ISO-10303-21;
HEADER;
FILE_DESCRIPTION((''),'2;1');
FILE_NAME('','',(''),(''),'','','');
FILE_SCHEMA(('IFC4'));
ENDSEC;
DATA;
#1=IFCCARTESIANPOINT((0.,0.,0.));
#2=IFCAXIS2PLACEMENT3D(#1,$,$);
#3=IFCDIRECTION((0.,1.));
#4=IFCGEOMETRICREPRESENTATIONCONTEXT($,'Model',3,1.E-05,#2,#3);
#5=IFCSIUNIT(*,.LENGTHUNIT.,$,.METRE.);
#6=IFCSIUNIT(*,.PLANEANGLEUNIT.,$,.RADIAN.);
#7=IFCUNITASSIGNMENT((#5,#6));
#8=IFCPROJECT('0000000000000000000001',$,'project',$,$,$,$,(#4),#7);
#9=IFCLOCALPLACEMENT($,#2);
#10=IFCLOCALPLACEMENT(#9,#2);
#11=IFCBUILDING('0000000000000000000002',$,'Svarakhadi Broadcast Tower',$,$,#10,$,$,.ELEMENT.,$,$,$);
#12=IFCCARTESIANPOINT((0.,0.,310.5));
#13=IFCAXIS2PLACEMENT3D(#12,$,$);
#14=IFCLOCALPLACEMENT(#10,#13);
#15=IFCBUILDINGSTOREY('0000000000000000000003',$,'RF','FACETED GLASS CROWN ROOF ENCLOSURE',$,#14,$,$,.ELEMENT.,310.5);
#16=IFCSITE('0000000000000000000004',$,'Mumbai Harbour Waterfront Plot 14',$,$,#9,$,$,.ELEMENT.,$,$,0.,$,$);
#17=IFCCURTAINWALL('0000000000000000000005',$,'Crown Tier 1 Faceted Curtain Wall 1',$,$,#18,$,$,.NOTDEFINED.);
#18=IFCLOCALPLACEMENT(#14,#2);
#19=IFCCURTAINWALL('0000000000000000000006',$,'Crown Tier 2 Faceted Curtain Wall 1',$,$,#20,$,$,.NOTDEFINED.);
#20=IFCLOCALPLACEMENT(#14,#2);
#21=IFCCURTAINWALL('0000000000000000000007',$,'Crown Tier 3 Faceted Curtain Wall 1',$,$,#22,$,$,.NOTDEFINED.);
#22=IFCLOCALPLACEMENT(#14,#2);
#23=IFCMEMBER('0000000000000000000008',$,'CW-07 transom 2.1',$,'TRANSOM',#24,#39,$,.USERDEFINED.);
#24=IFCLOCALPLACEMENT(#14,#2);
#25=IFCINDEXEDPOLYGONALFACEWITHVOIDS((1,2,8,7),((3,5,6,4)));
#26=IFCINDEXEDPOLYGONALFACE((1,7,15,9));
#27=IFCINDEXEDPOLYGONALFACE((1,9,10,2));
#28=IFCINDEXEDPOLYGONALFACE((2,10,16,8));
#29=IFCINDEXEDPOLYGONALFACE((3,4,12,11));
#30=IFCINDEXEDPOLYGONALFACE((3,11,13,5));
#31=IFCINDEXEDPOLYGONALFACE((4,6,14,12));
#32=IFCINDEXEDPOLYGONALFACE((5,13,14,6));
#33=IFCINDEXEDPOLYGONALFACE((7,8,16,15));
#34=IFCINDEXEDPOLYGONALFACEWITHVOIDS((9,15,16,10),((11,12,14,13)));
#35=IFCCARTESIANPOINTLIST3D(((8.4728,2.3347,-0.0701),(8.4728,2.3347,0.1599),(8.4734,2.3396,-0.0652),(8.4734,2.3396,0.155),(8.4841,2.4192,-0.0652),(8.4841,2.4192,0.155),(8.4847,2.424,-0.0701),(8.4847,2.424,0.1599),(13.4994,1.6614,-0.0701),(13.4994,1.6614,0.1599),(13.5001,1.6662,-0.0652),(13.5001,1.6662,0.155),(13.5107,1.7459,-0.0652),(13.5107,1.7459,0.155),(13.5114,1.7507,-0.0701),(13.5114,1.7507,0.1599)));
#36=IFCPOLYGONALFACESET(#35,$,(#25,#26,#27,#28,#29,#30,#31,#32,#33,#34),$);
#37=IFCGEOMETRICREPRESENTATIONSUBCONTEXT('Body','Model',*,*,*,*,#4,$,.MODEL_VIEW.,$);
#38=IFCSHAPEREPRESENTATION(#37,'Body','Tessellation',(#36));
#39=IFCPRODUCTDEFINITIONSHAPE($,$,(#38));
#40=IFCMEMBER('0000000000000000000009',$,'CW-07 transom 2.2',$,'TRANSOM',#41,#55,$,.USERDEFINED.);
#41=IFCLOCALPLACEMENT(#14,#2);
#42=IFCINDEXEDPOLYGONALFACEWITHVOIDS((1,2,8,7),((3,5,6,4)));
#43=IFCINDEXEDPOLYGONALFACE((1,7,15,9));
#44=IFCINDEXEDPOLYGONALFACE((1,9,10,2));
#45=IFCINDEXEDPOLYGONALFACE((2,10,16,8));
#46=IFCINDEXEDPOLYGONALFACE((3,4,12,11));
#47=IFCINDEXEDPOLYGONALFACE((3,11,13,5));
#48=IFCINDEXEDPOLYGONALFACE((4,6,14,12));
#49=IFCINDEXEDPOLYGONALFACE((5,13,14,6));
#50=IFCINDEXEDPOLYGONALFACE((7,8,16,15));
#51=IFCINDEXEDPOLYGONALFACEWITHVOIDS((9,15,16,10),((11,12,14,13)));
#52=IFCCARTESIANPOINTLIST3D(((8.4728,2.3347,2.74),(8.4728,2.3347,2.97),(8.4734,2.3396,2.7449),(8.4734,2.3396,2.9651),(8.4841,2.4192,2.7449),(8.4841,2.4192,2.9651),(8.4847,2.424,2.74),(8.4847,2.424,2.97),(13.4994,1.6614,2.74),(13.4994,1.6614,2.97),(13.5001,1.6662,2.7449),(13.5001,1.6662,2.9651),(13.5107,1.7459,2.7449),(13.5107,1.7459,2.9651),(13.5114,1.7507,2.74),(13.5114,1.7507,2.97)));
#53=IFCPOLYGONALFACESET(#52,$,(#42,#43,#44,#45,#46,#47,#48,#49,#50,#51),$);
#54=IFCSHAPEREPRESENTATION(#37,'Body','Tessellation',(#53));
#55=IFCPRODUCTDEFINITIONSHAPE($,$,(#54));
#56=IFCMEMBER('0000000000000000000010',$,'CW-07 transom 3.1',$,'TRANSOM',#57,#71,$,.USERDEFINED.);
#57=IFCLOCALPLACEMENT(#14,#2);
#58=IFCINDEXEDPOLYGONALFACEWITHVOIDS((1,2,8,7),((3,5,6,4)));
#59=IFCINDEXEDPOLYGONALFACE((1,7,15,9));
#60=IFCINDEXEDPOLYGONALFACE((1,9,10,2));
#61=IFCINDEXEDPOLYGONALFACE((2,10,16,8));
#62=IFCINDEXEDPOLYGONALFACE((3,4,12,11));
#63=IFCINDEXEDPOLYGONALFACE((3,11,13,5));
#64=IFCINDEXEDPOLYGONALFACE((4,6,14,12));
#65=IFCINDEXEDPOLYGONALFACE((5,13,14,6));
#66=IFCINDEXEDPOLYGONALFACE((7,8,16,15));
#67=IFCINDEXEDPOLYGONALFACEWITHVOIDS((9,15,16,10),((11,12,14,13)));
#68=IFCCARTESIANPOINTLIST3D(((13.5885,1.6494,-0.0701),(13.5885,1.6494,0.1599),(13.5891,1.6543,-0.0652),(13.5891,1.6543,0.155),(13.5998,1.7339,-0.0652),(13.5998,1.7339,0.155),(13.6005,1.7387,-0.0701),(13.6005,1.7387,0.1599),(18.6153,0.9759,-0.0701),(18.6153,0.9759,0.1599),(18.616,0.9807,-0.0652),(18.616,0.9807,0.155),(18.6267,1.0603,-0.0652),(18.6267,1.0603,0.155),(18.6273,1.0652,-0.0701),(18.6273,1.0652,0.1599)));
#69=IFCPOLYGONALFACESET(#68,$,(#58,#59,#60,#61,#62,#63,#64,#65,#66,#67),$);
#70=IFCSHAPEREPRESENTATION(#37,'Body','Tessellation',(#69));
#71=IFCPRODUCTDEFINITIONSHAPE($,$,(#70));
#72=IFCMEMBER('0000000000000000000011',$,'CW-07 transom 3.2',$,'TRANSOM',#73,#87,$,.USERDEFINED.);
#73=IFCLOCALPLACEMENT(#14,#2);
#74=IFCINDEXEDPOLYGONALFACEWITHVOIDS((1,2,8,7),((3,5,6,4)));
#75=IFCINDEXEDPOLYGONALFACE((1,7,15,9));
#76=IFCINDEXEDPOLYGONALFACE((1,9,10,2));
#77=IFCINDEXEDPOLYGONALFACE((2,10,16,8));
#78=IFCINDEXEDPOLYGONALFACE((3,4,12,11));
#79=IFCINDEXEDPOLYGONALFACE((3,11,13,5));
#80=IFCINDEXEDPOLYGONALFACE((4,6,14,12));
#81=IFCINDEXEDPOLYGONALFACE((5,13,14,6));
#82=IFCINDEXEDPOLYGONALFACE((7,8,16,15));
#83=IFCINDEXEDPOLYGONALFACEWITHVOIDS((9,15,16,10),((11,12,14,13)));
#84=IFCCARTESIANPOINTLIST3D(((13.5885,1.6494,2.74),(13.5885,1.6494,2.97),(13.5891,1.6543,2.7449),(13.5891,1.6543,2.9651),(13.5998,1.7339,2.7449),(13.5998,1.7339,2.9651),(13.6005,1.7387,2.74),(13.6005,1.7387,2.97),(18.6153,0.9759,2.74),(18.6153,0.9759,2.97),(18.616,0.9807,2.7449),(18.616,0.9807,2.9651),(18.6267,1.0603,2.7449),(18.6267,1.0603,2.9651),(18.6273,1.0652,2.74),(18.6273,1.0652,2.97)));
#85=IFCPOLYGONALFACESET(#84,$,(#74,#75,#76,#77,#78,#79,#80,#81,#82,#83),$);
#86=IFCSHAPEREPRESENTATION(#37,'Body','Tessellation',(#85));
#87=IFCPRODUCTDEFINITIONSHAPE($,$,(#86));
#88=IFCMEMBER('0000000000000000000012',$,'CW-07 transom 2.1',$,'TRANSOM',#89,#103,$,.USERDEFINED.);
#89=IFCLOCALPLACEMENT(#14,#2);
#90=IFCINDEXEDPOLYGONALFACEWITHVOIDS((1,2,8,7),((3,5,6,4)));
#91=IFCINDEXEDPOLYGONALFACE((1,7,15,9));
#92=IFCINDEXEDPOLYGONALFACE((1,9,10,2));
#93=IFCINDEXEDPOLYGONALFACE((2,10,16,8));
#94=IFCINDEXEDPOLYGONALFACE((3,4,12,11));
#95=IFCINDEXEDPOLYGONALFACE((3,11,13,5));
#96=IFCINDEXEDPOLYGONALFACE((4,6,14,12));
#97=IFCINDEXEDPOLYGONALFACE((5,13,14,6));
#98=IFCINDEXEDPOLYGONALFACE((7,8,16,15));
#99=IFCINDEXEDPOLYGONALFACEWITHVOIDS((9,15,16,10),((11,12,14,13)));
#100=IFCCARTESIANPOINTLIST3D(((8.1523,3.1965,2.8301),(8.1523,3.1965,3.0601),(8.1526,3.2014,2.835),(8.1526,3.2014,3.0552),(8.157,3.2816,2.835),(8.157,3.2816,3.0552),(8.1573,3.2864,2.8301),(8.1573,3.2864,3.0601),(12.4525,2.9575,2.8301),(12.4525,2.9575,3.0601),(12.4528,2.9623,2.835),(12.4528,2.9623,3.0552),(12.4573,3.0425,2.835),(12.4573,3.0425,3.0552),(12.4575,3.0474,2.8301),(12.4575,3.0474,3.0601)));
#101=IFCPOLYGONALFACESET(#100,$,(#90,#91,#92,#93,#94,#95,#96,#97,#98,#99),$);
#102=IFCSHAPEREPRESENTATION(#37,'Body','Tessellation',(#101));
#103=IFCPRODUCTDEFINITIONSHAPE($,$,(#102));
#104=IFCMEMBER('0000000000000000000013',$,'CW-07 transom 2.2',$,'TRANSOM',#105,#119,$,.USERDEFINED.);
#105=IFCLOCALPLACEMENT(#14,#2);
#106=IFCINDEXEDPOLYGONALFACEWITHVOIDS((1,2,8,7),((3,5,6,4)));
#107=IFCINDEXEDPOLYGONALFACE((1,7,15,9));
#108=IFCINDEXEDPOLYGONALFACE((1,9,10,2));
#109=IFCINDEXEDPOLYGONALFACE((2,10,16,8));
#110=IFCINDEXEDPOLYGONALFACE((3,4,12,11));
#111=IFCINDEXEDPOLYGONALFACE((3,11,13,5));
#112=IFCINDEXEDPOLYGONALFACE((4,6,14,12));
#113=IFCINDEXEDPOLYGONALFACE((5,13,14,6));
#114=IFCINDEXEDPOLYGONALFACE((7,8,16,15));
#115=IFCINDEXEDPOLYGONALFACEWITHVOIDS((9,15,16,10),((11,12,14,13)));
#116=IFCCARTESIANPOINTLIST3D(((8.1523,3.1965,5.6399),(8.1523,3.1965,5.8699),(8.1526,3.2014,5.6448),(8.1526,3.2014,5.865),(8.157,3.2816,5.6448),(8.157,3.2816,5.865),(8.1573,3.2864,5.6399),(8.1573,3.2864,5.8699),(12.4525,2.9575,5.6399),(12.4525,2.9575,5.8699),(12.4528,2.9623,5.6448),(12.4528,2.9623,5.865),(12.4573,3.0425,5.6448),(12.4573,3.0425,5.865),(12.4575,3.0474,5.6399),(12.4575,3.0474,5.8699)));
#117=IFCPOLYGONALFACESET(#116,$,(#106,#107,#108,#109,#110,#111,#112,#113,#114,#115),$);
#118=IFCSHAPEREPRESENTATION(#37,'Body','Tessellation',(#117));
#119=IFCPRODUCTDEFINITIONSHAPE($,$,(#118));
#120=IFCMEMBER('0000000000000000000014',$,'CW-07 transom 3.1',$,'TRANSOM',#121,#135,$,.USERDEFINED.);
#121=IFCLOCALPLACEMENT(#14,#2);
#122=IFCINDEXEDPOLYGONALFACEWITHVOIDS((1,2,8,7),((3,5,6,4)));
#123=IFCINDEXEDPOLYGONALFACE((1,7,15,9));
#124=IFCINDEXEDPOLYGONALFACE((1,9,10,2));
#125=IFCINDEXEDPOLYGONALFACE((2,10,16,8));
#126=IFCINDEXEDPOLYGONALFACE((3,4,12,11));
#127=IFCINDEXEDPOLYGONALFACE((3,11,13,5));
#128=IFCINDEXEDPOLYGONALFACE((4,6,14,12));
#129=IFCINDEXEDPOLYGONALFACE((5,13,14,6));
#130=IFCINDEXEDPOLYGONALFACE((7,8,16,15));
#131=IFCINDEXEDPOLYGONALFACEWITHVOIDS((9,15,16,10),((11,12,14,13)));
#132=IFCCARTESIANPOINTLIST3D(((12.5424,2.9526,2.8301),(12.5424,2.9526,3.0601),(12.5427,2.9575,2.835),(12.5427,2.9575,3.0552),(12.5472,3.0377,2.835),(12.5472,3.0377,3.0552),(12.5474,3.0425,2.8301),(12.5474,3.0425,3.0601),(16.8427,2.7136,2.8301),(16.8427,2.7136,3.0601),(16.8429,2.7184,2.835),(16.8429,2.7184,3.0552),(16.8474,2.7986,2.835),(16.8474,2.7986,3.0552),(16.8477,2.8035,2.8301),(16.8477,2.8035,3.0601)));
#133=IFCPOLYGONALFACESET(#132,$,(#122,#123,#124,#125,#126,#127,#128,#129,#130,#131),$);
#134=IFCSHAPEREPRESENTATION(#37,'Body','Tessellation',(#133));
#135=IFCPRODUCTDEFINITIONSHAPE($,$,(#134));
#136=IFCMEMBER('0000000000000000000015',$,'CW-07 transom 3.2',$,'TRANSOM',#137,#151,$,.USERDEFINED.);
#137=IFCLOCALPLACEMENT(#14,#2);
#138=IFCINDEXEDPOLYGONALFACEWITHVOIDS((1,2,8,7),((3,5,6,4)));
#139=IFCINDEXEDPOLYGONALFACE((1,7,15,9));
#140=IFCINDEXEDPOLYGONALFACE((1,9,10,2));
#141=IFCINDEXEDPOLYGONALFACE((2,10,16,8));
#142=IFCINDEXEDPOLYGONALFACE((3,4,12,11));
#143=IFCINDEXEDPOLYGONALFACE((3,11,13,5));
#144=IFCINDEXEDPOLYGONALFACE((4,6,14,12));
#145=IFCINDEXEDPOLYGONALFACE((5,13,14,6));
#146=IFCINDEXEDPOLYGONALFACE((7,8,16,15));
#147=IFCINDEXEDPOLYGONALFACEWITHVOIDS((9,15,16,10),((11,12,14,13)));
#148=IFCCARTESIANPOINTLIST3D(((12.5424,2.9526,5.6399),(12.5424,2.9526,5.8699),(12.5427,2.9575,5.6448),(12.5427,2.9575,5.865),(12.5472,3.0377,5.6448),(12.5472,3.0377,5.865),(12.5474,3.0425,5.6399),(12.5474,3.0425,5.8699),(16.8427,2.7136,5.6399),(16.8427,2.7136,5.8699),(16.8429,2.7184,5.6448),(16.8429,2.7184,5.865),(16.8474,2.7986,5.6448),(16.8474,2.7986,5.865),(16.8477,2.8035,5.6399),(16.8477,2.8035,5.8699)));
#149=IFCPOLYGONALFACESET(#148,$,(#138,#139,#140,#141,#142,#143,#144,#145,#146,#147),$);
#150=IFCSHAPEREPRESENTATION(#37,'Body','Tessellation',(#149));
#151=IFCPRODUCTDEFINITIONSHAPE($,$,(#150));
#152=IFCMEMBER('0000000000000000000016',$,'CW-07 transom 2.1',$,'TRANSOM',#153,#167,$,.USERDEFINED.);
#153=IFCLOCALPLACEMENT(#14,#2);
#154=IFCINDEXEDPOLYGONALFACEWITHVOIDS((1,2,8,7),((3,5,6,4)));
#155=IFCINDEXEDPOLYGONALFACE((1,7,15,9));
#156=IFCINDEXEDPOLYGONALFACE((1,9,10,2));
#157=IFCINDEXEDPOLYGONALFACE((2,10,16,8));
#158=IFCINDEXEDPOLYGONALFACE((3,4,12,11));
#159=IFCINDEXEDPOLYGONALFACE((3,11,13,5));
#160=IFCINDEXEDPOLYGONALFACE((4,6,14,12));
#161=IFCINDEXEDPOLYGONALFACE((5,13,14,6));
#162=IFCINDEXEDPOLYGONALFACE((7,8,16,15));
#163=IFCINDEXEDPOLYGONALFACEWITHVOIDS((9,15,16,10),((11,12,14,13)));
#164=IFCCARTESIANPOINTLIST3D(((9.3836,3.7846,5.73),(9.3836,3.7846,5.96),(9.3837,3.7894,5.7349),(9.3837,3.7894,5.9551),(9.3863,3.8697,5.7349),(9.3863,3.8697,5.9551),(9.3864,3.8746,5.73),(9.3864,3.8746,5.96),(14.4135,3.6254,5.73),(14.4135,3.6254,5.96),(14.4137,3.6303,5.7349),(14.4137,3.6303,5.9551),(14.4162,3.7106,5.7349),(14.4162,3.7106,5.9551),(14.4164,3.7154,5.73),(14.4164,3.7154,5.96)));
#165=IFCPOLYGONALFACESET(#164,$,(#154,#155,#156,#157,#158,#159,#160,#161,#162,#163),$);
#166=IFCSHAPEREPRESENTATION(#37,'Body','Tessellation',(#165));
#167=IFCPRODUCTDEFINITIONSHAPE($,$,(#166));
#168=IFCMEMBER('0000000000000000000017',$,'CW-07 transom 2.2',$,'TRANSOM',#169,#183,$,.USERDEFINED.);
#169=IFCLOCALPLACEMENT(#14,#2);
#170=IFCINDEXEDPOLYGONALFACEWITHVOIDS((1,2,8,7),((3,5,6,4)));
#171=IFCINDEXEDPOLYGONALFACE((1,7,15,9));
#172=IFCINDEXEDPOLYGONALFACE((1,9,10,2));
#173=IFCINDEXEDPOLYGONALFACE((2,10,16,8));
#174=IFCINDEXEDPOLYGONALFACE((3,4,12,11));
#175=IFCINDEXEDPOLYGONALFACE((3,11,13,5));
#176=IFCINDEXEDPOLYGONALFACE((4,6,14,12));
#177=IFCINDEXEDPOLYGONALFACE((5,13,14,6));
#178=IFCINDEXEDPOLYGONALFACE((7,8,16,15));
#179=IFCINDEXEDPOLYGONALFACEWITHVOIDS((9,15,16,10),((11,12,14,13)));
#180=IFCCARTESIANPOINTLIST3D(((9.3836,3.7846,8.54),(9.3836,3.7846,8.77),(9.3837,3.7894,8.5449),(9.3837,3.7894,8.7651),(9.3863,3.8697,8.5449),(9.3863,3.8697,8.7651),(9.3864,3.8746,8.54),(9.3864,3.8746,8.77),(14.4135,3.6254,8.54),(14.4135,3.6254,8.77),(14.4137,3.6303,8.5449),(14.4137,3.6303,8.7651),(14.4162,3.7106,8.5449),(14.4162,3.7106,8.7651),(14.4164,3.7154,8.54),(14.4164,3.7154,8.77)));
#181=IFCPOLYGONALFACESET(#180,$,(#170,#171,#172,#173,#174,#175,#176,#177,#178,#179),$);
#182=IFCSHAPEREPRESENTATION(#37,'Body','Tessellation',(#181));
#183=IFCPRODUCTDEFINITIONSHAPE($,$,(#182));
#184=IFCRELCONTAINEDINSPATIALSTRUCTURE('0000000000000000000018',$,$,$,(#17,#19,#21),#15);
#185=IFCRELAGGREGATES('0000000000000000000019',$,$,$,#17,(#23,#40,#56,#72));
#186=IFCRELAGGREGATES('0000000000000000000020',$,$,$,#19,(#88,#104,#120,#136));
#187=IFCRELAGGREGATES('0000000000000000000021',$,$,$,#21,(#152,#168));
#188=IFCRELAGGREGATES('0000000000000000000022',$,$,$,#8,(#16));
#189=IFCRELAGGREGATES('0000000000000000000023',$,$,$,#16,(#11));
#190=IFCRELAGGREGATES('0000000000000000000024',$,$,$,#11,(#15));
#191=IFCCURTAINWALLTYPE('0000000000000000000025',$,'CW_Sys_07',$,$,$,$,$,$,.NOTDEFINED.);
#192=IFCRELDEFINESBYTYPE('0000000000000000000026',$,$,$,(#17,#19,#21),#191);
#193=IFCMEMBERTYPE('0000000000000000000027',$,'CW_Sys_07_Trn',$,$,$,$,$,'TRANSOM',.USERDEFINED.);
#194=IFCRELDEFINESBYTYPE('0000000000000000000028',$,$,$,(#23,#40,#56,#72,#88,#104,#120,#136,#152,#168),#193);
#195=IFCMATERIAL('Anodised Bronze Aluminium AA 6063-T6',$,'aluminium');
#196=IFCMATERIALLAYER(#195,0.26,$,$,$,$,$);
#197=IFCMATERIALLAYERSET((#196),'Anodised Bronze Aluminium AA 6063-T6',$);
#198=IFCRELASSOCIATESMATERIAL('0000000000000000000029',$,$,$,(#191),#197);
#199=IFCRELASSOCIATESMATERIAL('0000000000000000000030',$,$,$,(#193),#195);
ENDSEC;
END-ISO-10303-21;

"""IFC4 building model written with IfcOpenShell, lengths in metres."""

from ifc_helpers import new_model, si_unit, direction, frame, origin, origin_2d, place, context, subcontext, project, spatial, hollow_rectangle, extrude, material, layer, layer_set, material_profile, profile_set, type_object, element, aggregate, save


model = new_model("IFC4")

# Units and contexts
model_context = context("Model", 3, precision=1e-05, world=origin(), true_north=direction((0.0, 1.0)))
body_context = subcontext(model_context, "Body", "Model", "MODEL_VIEW")
ifc_project = project(units=[si_unit("LENGTHUNIT", "METRE"), si_unit("PLANEANGLEUNIT", "RADIAN")], contexts=[model_context])

# Site, building, storey
site_placement = place(None, origin())
site = spatial("IfcSite", under=ifc_project, at=site_placement, Name="Mumbai Harbour Waterfront Plot 14", CompositionType="ELEMENT", RefElevation=0.0)
building_placement = place(site_placement, origin())
building = spatial("IfcBuilding", under=site, at=building_placement, Name="Svarakhadi Broadcast Tower", CompositionType="ELEMENT")
storey_placement = place(building_placement, frame((0.0, 0.0, 310.5)))
storey = spatial("IfcBuildingStorey", under=building, at=storey_placement, Name="RF", Description="FACETED GLASS CROWN ROOF ENCLOSURE", CompositionType="ELEMENT", Elevation=310.5)

# Curtain walls
ifc_material_1 = material(Name="Anodised Bronze Aluminium AA 6063-T6", Category="aluminium")
ifc_layer_1 = layer(ifc_material_1, 0.26)
ifc_layer_set_1 = layer_set([ifc_layer_1], Name="Anodised Bronze Aluminium AA 6063-T6")
curtain_wall_type = type_object("IfcCurtainWallType", Name="CW_Sys_07", PredefinedType="NOTDEFINED", material=ifc_layer_set_1)
curtain_wall_1_placement = place(storey_placement, origin())
curtain_wall_1 = element("IfcCurtainWall", 1, at=curtain_wall_1_placement, inside=storey, type_object=curtain_wall_type, Name="Crown Tier 1 Faceted Curtain Wall 1", PredefinedType="NOTDEFINED")
curtain_wall_2_placement = place(storey_placement, origin())
curtain_wall_2 = element("IfcCurtainWall", 2, at=curtain_wall_2_placement, inside=storey, type_object=curtain_wall_type, Name="Crown Tier 2 Faceted Curtain Wall 1", PredefinedType="NOTDEFINED")

# Curtain wall
curtain_wall_3_placement = place(storey_placement, origin())
curtain_wall_3 = element("IfcCurtainWall", 3, at=curtain_wall_3_placement, inside=storey, type_object=curtain_wall_type, Name="Crown Tier 3 Faceted Curtain Wall 1", PredefinedType="NOTDEFINED")

# Members
ifc_material_profile_1 = material_profile(ifc_material_1, hollow_rectangle(XDim=0.0901, YDim=0.23, WallThickness=0.0049, at=origin_2d()), Name="ALU TRANSOM 230x90x5")
ifc_profile_set_1 = profile_set([ifc_material_profile_1], Name="Anodised Bronze Aluminium AA 6063-T6")
member_type_1 = type_object("IfcMemberType", Name="CW_Sys_07_Trn", ElementType="TRANSOM", PredefinedType="USERDEFINED", material=ifc_profile_set_1)
member_1_placement = place(storey_placement, frame((8.4788, 2.3794, 0.0449), z_axis=(0.991147, -0.132769, 0.0), x_axis=(0.132769, 0.991147, 0.0)))
member_1 = element("IfcMember", 4, at=member_1_placement, type_object=member_type_1, Name="CW-07 transom 2.1", ObjectType="TRANSOM", PredefinedType="USERDEFINED", context=body_context, shape_type="SweptSolid", body=[
    extrude(hollow_rectangle(XDim=0.0901, YDim=0.23, WallThickness=0.0049, at=origin_2d()), origin(), (0.0, 0.0, 1.0), 5.0715),
])
member_2_placement = place(storey_placement, frame((8.4788, 2.3794, 2.855), z_axis=(0.991147, -0.132769, 0.0), x_axis=(0.132769, 0.991147, 0.0)))
member_2 = element("IfcMember", 5, at=member_2_placement, type_object=member_type_1, Name="CW-07 transom 2.2", ObjectType="TRANSOM", PredefinedType="USERDEFINED", context=body_context, shape_type="SweptSolid", body=[
    extrude(hollow_rectangle(XDim=0.0901, YDim=0.23, WallThickness=0.0049, at=origin_2d()), origin(), (0.0, 0.0, 1.0), 5.0715),
])
member_3_placement = place(storey_placement, frame((13.5945, 1.6941, 0.0449), z_axis=(0.991142, -0.13281, 0.0), x_axis=(0.13281, 0.991142, 0.0)))
member_3 = element("IfcMember", 6, at=member_3_placement, type_object=member_type_1, Name="CW-07 transom 3.1", ObjectType="TRANSOM", PredefinedType="USERDEFINED", context=body_context, shape_type="SweptSolid", body=[
    extrude(hollow_rectangle(XDim=0.0901, YDim=0.23, WallThickness=0.0049, at=origin_2d()), origin(), (0.0, 0.0, 1.0), 5.0718),
])
member_4_placement = place(storey_placement, frame((13.5945, 1.6941, 2.855), z_axis=(0.991142, -0.13281, 0.0), x_axis=(0.13281, 0.991142, 0.0)))
member_4 = element("IfcMember", 7, at=member_4_placement, type_object=member_type_1, Name="CW-07 transom 3.2", ObjectType="TRANSOM", PredefinedType="USERDEFINED", context=body_context, shape_type="SweptSolid", body=[
    extrude(hollow_rectangle(XDim=0.0901, YDim=0.23, WallThickness=0.0049, at=origin_2d()), origin(), (0.0, 0.0, 1.0), 5.0718),
])
member_5_placement = place(storey_placement, frame((8.1548, 3.2415, 2.9451), z_axis=(0.998459, -0.055495, 0.0), x_axis=(0.055495, 0.998459, 0.0)))
member_5 = element("IfcMember", 8, at=member_5_placement, type_object=member_type_1, Name="CW-07 transom 2.1", ObjectType="TRANSOM", PredefinedType="USERDEFINED", context=body_context, shape_type="SweptSolid", body=[
    extrude(hollow_rectangle(XDim=0.0901, YDim=0.23, WallThickness=0.0049, at=origin_2d()), origin(), (0.0, 0.0, 1.0), 4.3069),
])
member_6_placement = place(storey_placement, frame((8.1548, 3.2415, 5.7549), z_axis=(0.998459, -0.055495, 0.0), x_axis=(0.055495, 0.998459, 0.0)))
member_6 = element("IfcMember", 9, at=member_6_placement, type_object=member_type_1, Name="CW-07 transom 2.2", ObjectType="TRANSOM", PredefinedType="USERDEFINED", context=body_context, shape_type="SweptSolid", body=[
    extrude(hollow_rectangle(XDim=0.0901, YDim=0.23, WallThickness=0.0049, at=origin_2d()), origin(), (0.0, 0.0, 1.0), 4.3069),
])
member_7_placement = place(storey_placement, frame((12.5449, 2.9976, 2.9451), z_axis=(0.998459, -0.055495, 0.0), x_axis=(0.055495, 0.998459, 0.0)))
member_7 = element("IfcMember", 10, at=member_7_placement, type_object=member_type_1, Name="CW-07 transom 3.1", ObjectType="TRANSOM", PredefinedType="USERDEFINED", context=body_context, shape_type="SweptSolid", body=[
    extrude(hollow_rectangle(XDim=0.0901, YDim=0.23, WallThickness=0.0049, at=origin_2d()), origin(), (0.0, 0.0, 1.0), 4.3069),
])
member_8_placement = place(storey_placement, frame((12.5449, 2.9976, 5.7549), z_axis=(0.998459, -0.055495, 0.0), x_axis=(0.055495, 0.998459, 0.0)))
member_8 = element("IfcMember", 11, at=member_8_placement, type_object=member_type_1, Name="CW-07 transom 3.2", ObjectType="TRANSOM", PredefinedType="USERDEFINED", context=body_context, shape_type="SweptSolid", body=[
    extrude(hollow_rectangle(XDim=0.0901, YDim=0.23, WallThickness=0.0049, at=origin_2d()), origin(), (0.0, 0.0, 1.0), 4.3069),
])
member_9_placement = place(storey_placement, frame((9.385, 3.8296, 5.845), z_axis=(0.9995, -0.03163, 0.0), x_axis=(0.03163, 0.9995, 0.0)))
member_9 = element("IfcMember", 12, at=member_9_placement, type_object=member_type_1, Name="CW-07 transom 2.1", ObjectType="TRANSOM", PredefinedType="USERDEFINED", context=body_context, shape_type="SweptSolid", body=[
    extrude(hollow_rectangle(XDim=0.0901, YDim=0.23, WallThickness=0.0049, at=origin_2d()), origin(), (0.0, 0.0, 1.0), 5.0325),
])
member_10_placement = place(storey_placement, frame((9.385, 3.8296, 8.655), z_axis=(0.9995, -0.03163, 0.0), x_axis=(0.03163, 0.9995, 0.0)))
member_10 = element("IfcMember", 13, at=member_10_placement, type_object=member_type_1, Name="CW-07 transom 2.2", ObjectType="TRANSOM", PredefinedType="USERDEFINED", context=body_context, shape_type="SweptSolid", body=[
    extrude(hollow_rectangle(XDim=0.0901, YDim=0.23, WallThickness=0.0049, at=origin_2d()), origin(), (0.0, 0.0, 1.0), 5.0325),
])

aggregate(curtain_wall_1, [member_1, member_2, member_3, member_4])
aggregate(curtain_wall_2, [member_5, member_6, member_7, member_8])
aggregate(curtain_wall_3, [member_9, member_10])

save(model, "model.ifc")
